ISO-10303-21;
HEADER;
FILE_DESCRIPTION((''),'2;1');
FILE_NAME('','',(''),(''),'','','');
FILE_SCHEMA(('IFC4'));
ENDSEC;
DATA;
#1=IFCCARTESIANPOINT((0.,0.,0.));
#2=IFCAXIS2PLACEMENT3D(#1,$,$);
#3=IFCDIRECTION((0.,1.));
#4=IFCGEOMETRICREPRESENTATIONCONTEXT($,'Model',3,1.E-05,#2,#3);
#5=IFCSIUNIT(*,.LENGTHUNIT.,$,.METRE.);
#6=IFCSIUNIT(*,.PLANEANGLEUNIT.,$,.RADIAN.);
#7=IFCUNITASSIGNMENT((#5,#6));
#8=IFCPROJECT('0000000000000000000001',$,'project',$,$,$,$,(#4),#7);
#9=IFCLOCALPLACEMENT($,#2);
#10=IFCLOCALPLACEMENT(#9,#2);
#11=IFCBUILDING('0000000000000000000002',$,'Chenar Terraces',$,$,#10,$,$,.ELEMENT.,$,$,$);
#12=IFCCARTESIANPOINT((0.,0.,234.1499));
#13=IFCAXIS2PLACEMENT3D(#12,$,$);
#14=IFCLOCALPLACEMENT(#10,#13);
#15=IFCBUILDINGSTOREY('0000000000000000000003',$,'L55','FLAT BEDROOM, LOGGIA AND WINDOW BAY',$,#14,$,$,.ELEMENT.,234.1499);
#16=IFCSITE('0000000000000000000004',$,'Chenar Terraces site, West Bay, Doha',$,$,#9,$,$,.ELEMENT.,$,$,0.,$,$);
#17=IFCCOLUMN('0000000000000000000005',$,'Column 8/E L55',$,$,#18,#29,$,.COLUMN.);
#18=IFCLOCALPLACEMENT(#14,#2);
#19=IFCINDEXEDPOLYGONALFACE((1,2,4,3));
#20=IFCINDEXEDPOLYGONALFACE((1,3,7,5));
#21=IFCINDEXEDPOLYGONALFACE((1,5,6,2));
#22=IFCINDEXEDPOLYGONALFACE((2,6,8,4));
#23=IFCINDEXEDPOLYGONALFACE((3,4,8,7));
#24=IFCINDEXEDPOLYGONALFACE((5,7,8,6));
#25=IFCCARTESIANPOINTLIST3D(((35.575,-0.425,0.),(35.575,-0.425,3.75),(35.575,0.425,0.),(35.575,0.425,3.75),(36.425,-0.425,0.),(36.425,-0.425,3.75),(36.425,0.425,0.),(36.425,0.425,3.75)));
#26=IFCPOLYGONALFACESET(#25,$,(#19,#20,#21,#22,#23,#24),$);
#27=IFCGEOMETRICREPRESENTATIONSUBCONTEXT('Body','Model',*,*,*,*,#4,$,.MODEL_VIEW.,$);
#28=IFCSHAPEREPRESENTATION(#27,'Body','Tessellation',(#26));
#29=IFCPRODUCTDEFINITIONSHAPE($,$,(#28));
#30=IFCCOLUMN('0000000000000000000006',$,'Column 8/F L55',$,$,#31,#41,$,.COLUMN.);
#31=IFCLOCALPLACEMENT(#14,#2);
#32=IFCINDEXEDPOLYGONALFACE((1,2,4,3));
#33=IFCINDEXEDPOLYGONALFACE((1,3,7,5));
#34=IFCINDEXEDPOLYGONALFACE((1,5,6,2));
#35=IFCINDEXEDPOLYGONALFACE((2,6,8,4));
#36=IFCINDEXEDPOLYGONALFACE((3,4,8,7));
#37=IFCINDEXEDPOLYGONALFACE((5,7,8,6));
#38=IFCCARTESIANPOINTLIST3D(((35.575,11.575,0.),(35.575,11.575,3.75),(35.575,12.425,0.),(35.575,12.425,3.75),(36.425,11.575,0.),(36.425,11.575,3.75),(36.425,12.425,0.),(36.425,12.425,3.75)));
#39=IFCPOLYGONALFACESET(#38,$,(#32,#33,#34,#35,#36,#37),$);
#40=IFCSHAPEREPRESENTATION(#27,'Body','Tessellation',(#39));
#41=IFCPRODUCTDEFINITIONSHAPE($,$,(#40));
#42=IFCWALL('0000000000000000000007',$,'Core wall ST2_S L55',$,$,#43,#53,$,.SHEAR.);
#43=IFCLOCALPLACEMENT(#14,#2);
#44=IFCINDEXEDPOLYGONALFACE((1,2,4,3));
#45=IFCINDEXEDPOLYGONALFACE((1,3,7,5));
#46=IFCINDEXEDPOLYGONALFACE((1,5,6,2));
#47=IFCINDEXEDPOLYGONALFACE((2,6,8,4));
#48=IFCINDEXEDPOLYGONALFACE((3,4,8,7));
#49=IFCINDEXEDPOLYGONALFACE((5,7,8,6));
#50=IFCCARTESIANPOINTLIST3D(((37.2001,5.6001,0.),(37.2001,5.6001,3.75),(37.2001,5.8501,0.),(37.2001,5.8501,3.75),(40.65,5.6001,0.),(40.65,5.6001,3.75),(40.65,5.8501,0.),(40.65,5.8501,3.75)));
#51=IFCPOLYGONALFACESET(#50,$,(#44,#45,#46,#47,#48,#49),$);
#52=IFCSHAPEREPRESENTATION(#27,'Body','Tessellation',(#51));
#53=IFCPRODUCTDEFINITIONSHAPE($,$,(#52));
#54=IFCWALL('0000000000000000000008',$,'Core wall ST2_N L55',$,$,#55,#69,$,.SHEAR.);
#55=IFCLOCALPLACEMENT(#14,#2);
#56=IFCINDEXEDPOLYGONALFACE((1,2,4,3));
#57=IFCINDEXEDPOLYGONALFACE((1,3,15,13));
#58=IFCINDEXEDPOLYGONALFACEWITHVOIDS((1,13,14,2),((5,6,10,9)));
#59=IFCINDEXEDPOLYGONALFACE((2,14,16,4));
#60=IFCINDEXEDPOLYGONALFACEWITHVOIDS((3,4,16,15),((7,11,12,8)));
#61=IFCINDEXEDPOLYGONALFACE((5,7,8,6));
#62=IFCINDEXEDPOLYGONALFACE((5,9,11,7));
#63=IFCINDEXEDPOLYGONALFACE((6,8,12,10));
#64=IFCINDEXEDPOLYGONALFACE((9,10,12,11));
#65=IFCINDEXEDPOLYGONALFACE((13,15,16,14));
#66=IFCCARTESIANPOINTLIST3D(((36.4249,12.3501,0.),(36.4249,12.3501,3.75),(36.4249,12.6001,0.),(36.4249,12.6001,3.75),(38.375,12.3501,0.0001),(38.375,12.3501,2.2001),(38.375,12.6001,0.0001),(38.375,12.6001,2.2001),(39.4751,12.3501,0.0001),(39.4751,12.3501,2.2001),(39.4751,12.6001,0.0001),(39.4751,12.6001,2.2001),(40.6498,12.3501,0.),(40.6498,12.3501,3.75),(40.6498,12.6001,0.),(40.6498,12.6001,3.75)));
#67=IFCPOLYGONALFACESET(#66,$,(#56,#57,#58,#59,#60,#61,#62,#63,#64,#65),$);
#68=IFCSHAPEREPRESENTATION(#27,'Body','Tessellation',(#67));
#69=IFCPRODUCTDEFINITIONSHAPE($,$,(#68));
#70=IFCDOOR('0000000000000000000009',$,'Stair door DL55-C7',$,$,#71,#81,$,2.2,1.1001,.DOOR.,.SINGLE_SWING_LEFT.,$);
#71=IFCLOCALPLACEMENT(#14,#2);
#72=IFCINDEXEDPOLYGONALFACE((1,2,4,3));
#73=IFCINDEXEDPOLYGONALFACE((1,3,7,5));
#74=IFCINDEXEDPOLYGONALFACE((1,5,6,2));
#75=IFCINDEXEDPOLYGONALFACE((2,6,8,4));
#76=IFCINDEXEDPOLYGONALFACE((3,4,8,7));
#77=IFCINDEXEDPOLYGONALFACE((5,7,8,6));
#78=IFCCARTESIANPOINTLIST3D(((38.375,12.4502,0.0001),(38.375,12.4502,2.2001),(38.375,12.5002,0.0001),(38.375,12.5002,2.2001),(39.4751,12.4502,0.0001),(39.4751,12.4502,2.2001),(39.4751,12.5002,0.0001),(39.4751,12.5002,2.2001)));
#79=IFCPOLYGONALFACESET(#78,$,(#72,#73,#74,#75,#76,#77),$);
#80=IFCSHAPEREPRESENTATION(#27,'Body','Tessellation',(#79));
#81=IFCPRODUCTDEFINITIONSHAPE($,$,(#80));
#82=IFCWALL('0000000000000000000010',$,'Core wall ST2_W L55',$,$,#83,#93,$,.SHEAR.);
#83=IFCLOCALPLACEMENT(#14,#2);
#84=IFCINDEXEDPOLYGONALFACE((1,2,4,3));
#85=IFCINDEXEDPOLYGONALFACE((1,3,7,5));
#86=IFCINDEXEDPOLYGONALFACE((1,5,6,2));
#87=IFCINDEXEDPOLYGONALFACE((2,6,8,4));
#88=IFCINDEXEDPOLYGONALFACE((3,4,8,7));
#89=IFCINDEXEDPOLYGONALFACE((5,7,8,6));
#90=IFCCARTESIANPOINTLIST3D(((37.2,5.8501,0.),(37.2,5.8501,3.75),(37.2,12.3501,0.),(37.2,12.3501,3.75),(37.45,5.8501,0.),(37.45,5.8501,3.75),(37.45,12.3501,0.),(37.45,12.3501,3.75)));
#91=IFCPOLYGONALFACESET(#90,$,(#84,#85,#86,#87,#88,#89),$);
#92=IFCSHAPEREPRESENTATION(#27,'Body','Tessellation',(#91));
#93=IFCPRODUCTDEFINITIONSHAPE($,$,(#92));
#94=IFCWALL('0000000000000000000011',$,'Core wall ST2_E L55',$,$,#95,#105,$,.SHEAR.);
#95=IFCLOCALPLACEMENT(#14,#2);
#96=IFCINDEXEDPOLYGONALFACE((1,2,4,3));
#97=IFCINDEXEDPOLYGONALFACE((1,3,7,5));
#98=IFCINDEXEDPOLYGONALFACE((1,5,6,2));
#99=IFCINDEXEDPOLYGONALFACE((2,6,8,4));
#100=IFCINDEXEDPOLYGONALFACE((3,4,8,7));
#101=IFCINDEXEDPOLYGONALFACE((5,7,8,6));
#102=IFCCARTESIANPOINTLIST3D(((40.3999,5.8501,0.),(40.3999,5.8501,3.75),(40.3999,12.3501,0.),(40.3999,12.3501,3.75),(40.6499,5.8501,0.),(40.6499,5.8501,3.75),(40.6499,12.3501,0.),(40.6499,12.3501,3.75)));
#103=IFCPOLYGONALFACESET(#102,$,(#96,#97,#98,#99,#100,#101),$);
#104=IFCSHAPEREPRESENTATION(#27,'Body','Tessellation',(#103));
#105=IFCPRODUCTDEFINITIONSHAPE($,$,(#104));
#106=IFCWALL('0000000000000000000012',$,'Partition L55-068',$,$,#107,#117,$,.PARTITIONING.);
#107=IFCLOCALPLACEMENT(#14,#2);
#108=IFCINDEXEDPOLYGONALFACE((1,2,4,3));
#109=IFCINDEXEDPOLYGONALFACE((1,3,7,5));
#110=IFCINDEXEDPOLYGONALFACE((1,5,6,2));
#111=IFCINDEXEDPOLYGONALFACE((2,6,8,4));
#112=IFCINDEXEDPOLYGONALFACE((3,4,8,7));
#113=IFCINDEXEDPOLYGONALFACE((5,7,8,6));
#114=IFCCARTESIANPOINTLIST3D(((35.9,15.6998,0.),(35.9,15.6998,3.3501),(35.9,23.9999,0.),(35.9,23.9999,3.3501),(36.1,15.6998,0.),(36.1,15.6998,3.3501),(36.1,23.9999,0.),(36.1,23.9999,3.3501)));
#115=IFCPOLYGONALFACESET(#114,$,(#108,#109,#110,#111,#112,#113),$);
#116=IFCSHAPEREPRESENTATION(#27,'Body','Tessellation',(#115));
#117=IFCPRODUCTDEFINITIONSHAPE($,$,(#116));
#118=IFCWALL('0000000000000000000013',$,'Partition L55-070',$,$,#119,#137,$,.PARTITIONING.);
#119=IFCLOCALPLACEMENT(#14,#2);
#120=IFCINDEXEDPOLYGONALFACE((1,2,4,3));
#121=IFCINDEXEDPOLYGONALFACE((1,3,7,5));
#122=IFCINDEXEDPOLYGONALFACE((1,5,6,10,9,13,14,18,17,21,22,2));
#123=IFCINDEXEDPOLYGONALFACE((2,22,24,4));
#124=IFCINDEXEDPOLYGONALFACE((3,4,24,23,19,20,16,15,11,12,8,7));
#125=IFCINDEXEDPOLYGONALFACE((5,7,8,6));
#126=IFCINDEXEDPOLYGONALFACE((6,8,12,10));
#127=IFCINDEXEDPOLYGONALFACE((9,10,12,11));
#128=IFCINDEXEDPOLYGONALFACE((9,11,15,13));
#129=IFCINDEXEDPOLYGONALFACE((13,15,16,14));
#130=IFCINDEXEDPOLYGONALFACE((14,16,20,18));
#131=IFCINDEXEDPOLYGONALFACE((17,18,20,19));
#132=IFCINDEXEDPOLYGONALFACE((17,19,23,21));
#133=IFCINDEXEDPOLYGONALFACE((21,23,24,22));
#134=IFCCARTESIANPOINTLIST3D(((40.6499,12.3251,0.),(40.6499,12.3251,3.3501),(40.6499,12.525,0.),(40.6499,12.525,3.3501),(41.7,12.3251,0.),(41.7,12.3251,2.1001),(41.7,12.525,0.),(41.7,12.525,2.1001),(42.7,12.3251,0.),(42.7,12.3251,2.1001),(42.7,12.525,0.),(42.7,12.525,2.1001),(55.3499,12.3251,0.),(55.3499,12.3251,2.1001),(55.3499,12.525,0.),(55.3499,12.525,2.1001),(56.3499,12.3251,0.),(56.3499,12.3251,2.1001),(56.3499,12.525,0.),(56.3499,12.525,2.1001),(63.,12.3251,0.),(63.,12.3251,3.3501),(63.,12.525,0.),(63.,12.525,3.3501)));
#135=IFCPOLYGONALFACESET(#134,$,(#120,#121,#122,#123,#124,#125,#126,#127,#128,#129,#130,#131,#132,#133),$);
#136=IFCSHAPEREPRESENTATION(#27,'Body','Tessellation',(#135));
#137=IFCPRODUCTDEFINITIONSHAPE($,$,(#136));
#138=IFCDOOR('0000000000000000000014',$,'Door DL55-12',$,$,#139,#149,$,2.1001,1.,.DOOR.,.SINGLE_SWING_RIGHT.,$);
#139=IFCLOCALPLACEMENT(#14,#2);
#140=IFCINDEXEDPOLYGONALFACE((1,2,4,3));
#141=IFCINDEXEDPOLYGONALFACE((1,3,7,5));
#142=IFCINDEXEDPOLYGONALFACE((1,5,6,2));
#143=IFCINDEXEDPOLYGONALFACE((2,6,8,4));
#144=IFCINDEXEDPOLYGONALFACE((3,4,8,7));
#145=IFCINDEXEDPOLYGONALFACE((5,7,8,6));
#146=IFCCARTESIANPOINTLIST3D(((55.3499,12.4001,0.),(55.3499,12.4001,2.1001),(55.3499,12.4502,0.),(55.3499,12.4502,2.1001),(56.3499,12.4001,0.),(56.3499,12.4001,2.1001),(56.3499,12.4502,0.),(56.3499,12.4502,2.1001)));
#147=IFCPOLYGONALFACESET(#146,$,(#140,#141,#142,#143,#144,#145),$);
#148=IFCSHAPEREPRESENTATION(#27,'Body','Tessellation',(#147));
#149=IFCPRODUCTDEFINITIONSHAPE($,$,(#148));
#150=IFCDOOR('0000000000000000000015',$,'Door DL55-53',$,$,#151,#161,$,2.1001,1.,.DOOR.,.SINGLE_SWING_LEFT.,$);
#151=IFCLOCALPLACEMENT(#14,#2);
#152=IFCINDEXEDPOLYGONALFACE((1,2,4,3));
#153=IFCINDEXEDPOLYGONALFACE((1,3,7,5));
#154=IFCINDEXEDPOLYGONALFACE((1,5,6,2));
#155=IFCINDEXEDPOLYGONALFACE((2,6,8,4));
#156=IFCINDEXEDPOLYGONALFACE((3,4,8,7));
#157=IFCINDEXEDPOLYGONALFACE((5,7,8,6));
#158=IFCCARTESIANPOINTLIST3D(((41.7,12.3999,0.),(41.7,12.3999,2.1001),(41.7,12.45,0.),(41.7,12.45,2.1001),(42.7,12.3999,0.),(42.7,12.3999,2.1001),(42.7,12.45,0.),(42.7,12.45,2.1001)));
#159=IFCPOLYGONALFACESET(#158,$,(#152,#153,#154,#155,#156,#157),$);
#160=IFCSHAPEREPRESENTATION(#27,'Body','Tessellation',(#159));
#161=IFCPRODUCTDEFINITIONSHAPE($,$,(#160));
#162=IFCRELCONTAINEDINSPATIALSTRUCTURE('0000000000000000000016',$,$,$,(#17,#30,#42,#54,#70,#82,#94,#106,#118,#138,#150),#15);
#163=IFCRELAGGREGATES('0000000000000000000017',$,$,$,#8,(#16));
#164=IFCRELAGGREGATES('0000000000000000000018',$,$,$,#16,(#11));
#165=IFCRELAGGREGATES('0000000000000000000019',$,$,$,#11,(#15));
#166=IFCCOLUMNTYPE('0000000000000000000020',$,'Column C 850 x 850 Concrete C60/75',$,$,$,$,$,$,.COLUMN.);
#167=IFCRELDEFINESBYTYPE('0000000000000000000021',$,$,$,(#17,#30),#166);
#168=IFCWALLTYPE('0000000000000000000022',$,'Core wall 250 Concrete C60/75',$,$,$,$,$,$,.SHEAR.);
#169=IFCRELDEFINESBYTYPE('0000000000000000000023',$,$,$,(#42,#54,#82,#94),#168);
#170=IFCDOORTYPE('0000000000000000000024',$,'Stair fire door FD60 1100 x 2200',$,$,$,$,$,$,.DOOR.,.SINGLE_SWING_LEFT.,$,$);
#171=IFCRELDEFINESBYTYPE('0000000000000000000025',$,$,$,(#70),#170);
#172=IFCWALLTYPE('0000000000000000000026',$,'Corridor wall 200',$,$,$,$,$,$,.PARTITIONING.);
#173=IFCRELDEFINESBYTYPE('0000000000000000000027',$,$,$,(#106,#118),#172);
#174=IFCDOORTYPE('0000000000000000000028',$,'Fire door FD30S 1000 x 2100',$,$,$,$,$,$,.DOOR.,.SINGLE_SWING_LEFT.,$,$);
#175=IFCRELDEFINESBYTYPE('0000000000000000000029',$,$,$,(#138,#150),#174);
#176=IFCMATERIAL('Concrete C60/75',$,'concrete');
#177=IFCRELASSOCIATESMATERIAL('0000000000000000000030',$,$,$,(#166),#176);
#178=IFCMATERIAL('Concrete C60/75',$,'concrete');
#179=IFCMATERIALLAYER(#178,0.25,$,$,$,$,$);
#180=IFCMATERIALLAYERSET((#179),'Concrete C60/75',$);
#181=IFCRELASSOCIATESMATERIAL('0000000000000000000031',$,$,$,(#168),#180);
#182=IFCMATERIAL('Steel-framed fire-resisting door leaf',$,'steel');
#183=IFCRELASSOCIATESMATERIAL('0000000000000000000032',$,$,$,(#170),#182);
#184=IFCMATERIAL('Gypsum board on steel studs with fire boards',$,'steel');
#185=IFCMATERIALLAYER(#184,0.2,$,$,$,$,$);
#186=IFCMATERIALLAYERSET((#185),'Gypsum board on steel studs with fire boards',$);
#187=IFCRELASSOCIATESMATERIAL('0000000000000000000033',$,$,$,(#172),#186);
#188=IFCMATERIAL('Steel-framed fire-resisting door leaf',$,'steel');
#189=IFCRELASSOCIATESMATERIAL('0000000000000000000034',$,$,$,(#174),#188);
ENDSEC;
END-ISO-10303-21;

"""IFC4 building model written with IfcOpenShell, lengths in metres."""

from ifc_helpers import new_model, si_unit, direction, frame, frame_2d, origin, origin_2d, place, context, subcontext, project, spatial, rectangle, extrude, material, layer, layer_set, material_profile, profile_set, type_object, element, fill, save


model = new_model("IFC4")

# Units and contexts
model_context = context("Model", 3, precision=1e-05, world=origin(), true_north=direction((0.0, 1.0)))
body_context = subcontext(model_context, "Body", "Model", "MODEL_VIEW")
ifc_project = project(units=[si_unit("LENGTHUNIT", "METRE"), si_unit("PLANEANGLEUNIT", "RADIAN")], contexts=[model_context])

# Site, building, storey
site_placement = place(None, origin())
site = spatial("IfcSite", under=ifc_project, at=site_placement, Name="Chenar Terraces site, West Bay, Doha", CompositionType="ELEMENT", RefElevation=0.0)
building_placement = place(site_placement, origin())
building = spatial("IfcBuilding", under=site, at=building_placement, Name="Chenar Terraces", CompositionType="ELEMENT")
storey_placement = place(building_placement, frame((0.0, 0.0, 234.1499)))
storey = spatial("IfcBuildingStorey", under=building, at=storey_placement, Name="L55", Description="FLAT BEDROOM, LOGGIA AND WINDOW BAY", CompositionType="ELEMENT", Elevation=234.1499)

# Columns
ifc_material_1 = material(Name="Concrete C60/75", Category="concrete")
ifc_material_profile = material_profile(ifc_material_1, rectangle(XDim=0.8501, YDim=0.8501, at=origin_2d()), Name="C 850 x 850")
ifc_profile_set = profile_set([ifc_material_profile], Name="Concrete C60/75")
column_type = type_object("IfcColumnType", Name="Column C 850 x 850 Concrete C60/75", PredefinedType="COLUMN", material=ifc_profile_set)
for number, where, z_axis, x_axis, name in (
    (1, (36.0, 0.0, 0.0), (0.0, 0.0, 1.0), (1.0, 0.0, 0.0), "Column 8/E L55"),
    (2, (36.0, 12.0, 0.0), (0.0, 0.0, 1.0), (1.0, 0.0, 0.0), "Column 8/F L55"),
):
    element("IfcColumn", number, at=place(storey_placement, frame(where, z_axis=z_axis, x_axis=x_axis)), inside=storey, type_object=column_type, Name=name, PredefinedType="COLUMN", context=body_context, shape_type="SweptSolid", body=[
        extrude(rectangle(XDim=0.8501, YDim=0.8501, at=origin_2d()), origin(), (0.0, 0.0, 1.0), 3.75),
    ])

# Wall
ifc_material_2 = material(Name="Concrete C60/75", Category="concrete")
ifc_layer_1 = layer(ifc_material_2, 0.25)
ifc_layer_set_1 = layer_set([ifc_layer_1], Name="Concrete C60/75")
wall_type_1 = type_object("IfcWallType", Name="Core wall 250 Concrete C60/75", PredefinedType="SHEAR", material=ifc_layer_set_1)
wall_1_placement = place(storey_placement, frame((37.2, 5.7251, 0.0), z_axis=(0.0, 0.0, 1.0), x_axis=(1.0, 0.0, 0.0)))
element("IfcWall", 3, at=wall_1_placement, inside=storey, type_object=wall_type_1, Name="Core wall ST2_S L55", PredefinedType="SHEAR", context=body_context, shape_type="SweptSolid", body=[
    extrude(rectangle(XDim=3.45, YDim=0.25, at=frame_2d((1.7251, 0.0))), origin(), (0.0, 0.0, 1.0), 3.75),
])

# Wall, opening, door
wall_2_placement = place(storey_placement, frame((36.425, 12.4751, 0.0), z_axis=(0.0, 0.0, 1.0), x_axis=(1.0, 0.0, 0.0)))
wall_2 = element("IfcWall", 4, at=wall_2_placement, inside=storey, type_object=wall_type_1, Name="Core wall ST2_N L55", PredefinedType="SHEAR", context=body_context, shape_type="SweptSolid", body=[
    extrude(rectangle(XDim=4.2249, YDim=0.25, at=frame_2d((2.1123, 0.0))), origin(), (0.0, 0.0, 1.0), 3.75),
])
opening_1_placement = place(wall_2_placement, frame((1.95, 0.0, 0.0)))
opening_1 = element("IfcOpeningElement", 5, at=opening_1_placement, cuts=wall_2, PredefinedType="OPENING", context=body_context, shape_type="SweptSolid", body=[
    extrude(rectangle(XDim=1.1001, YDim=2.2, at=frame_2d((0.55, 1.1001))), frame((0.0, 0.135, 0.0), z_axis=(0.0, -1.0, 0.0), x_axis=(1.0, 0.0, 0.0)), (0.0, 0.0, 1.0), 0.27),
])
ifc_material_3 = material(Name="Steel-framed fire-resisting door leaf", Category="steel")
door_type_1 = type_object("IfcDoorType", Name="Stair fire door FD60 1100 x 2200", OperationType="SINGLE_SWING_LEFT", PredefinedType="DOOR", material=ifc_material_3)
door_1_placement = place(opening_1_placement, frame((1.1001, 0.0, 0.0), z_axis=(0.0, 0.0, 1.0), x_axis=(-1.0, 0.0, 0.0)))
door_1 = element("IfcDoor", 6, at=door_1_placement, inside=storey, type_object=door_type_1, Name="Stair door DL55-C7", OperationType="SINGLE_SWING_LEFT", OverallHeight=2.2, OverallWidth=1.1001, PredefinedType="DOOR", context=body_context, shape_type="SweptSolid", body=[
    extrude(rectangle(XDim=1.1001, YDim=2.2, at=frame_2d((0.55, 1.1001))), frame((0.0, 0.0249, 0.0), z_axis=(0.0, -1.0, 0.0), x_axis=(1.0, 0.0, 0.0)), (0.0, 0.0, 1.0), 0.05),
])
fill(opening_1, door_1)

# Walls
for number, where, z_axis, x_axis, name in (
    (7, (37.325, 5.8501, 0.0), (0.0, 0.0, 1.0), (0.0, 1.0, 0.0), "Core wall ST2_W L55"),
    (8, (40.5249, 5.8501, 0.0), (0.0, 0.0, 1.0), (0.0, 1.0, 0.0), "Core wall ST2_E L55"),
):
    element("IfcWall", number, at=place(storey_placement, frame(where, z_axis=z_axis, x_axis=x_axis)), inside=storey, type_object=wall_type_1, Name=name, PredefinedType="SHEAR", context=body_context, shape_type="SweptSolid", body=[
        extrude(rectangle(XDim=6.5, YDim=0.25, at=frame_2d((3.25, 0.0))), origin(), (0.0, 0.0, 1.0), 3.75),
    ])
ifc_material_4 = material(Name="Gypsum board on steel studs with fire boards", Category="steel")
ifc_layer_2 = layer(ifc_material_4, 0.2)
ifc_layer_set_2 = layer_set([ifc_layer_2], Name="Gypsum board on steel studs with fire boards")
wall_type_2 = type_object("IfcWallType", Name="Corridor wall 200", PredefinedType="PARTITIONING", material=ifc_layer_set_2)
wall_3_placement = place(storey_placement, frame((36.0, 15.7, 0.0), z_axis=(0.0, 0.0, 1.0), x_axis=(0.0, 1.0, 0.0)))
element("IfcWall", 9, at=wall_3_placement, inside=storey, type_object=wall_type_2, Name="Partition L55-068", PredefinedType="PARTITIONING", context=body_context, shape_type="SweptSolid", body=[
    extrude(rectangle(XDim=8.3, YDim=0.2, at=frame_2d((4.1499, 0.0))), origin(), (0.0, 0.0, 1.0), 3.3501),
])

# Wall, openings, doors
wall_4_placement = place(storey_placement, frame((40.6499, 12.425, 0.0), z_axis=(0.0, 0.0, 1.0), x_axis=(1.0, 0.0, 0.0)))
wall_4 = element("IfcWall", 10, at=wall_4_placement, inside=storey, type_object=wall_type_2, Name="Partition L55-070", PredefinedType="PARTITIONING", context=body_context, shape_type="SweptSolid", body=[
    extrude(rectangle(XDim=22.3501, YDim=0.2, at=frame_2d((11.175, 0.0))), origin(), (0.0, 0.0, 1.0), 3.3501),
])
opening_2_placement = place(wall_4_placement, frame((14.7, 0.0, 0.0)))
opening_2 = element("IfcOpeningElement", 11, at=opening_2_placement, cuts=wall_4, PredefinedType="OPENING", context=body_context, shape_type="SweptSolid", body=[
    extrude(rectangle(XDim=1.0, YDim=2.1001, at=frame_2d((0.5, 1.05))), frame((0.0, 0.1099, 0.0), z_axis=(0.0, -1.0, 0.0), x_axis=(1.0, 0.0, 0.0)), (0.0, 0.0, 1.0), 0.22),
])
opening_3_placement = place(wall_4_placement, frame((1.05, 0.0, 0.0)))
opening_3 = element("IfcOpeningElement", 12, at=opening_3_placement, cuts=wall_4, PredefinedType="OPENING", context=body_context, shape_type="SweptSolid", body=[
    extrude(rectangle(XDim=1.0, YDim=2.1001, at=frame_2d((0.5, 1.05))), frame((0.0, 0.1099, 0.0), z_axis=(0.0, -1.0, 0.0), x_axis=(1.0, 0.0, 0.0)), (0.0, 0.0, 1.0), 0.22),
])
ifc_material_5 = material(Name="Steel-framed fire-resisting door leaf", Category="steel")
door_type_2 = type_object("IfcDoorType", Name="Fire door FD30S 1000 x 2100", OperationType="SINGLE_SWING_LEFT", PredefinedType="DOOR", material=ifc_material_5)
door_2_placement = place(opening_2_placement, frame((1.0, 0.0, 0.0), z_axis=(0.0, 0.0, 1.0), x_axis=(-1.0, 0.0, 0.0)))
door_2 = element("IfcDoor", 13, at=door_2_placement, inside=storey, type_object=door_type_2, Name="Door DL55-12", OperationType="SINGLE_SWING_RIGHT", OverallHeight=2.1001, OverallWidth=1.0, PredefinedType="DOOR", context=body_context, shape_type="SweptSolid", body=[
    extrude(rectangle(XDim=1.0, YDim=2.1001, at=frame_2d((0.5, 1.05))), frame((0.0, 0.0249, 0.0), z_axis=(0.0, -1.0, 0.0), x_axis=(1.0, 0.0, 0.0)), (0.0, 0.0, 1.0), 0.05),
])
fill(opening_2, door_2)
door_3_placement = place(opening_3_placement, origin())
door_3 = element("IfcDoor", 14, at=door_3_placement, inside=storey, type_object=door_type_2, Name="Door DL55-53", OperationType="SINGLE_SWING_LEFT", OverallHeight=2.1001, OverallWidth=1.0, PredefinedType="DOOR", context=body_context, shape_type="SweptSolid", body=[
    extrude(rectangle(XDim=1.0, YDim=2.1001, at=frame_2d((0.5, 1.05))), frame((0.0, 0.0249, 0.0), z_axis=(0.0, -1.0, 0.0), x_axis=(1.0, 0.0, 0.0)), (0.0, 0.0, 1.0), 0.05),
])
fill(opening_3, door_3)

save(model, "model.ifc")
